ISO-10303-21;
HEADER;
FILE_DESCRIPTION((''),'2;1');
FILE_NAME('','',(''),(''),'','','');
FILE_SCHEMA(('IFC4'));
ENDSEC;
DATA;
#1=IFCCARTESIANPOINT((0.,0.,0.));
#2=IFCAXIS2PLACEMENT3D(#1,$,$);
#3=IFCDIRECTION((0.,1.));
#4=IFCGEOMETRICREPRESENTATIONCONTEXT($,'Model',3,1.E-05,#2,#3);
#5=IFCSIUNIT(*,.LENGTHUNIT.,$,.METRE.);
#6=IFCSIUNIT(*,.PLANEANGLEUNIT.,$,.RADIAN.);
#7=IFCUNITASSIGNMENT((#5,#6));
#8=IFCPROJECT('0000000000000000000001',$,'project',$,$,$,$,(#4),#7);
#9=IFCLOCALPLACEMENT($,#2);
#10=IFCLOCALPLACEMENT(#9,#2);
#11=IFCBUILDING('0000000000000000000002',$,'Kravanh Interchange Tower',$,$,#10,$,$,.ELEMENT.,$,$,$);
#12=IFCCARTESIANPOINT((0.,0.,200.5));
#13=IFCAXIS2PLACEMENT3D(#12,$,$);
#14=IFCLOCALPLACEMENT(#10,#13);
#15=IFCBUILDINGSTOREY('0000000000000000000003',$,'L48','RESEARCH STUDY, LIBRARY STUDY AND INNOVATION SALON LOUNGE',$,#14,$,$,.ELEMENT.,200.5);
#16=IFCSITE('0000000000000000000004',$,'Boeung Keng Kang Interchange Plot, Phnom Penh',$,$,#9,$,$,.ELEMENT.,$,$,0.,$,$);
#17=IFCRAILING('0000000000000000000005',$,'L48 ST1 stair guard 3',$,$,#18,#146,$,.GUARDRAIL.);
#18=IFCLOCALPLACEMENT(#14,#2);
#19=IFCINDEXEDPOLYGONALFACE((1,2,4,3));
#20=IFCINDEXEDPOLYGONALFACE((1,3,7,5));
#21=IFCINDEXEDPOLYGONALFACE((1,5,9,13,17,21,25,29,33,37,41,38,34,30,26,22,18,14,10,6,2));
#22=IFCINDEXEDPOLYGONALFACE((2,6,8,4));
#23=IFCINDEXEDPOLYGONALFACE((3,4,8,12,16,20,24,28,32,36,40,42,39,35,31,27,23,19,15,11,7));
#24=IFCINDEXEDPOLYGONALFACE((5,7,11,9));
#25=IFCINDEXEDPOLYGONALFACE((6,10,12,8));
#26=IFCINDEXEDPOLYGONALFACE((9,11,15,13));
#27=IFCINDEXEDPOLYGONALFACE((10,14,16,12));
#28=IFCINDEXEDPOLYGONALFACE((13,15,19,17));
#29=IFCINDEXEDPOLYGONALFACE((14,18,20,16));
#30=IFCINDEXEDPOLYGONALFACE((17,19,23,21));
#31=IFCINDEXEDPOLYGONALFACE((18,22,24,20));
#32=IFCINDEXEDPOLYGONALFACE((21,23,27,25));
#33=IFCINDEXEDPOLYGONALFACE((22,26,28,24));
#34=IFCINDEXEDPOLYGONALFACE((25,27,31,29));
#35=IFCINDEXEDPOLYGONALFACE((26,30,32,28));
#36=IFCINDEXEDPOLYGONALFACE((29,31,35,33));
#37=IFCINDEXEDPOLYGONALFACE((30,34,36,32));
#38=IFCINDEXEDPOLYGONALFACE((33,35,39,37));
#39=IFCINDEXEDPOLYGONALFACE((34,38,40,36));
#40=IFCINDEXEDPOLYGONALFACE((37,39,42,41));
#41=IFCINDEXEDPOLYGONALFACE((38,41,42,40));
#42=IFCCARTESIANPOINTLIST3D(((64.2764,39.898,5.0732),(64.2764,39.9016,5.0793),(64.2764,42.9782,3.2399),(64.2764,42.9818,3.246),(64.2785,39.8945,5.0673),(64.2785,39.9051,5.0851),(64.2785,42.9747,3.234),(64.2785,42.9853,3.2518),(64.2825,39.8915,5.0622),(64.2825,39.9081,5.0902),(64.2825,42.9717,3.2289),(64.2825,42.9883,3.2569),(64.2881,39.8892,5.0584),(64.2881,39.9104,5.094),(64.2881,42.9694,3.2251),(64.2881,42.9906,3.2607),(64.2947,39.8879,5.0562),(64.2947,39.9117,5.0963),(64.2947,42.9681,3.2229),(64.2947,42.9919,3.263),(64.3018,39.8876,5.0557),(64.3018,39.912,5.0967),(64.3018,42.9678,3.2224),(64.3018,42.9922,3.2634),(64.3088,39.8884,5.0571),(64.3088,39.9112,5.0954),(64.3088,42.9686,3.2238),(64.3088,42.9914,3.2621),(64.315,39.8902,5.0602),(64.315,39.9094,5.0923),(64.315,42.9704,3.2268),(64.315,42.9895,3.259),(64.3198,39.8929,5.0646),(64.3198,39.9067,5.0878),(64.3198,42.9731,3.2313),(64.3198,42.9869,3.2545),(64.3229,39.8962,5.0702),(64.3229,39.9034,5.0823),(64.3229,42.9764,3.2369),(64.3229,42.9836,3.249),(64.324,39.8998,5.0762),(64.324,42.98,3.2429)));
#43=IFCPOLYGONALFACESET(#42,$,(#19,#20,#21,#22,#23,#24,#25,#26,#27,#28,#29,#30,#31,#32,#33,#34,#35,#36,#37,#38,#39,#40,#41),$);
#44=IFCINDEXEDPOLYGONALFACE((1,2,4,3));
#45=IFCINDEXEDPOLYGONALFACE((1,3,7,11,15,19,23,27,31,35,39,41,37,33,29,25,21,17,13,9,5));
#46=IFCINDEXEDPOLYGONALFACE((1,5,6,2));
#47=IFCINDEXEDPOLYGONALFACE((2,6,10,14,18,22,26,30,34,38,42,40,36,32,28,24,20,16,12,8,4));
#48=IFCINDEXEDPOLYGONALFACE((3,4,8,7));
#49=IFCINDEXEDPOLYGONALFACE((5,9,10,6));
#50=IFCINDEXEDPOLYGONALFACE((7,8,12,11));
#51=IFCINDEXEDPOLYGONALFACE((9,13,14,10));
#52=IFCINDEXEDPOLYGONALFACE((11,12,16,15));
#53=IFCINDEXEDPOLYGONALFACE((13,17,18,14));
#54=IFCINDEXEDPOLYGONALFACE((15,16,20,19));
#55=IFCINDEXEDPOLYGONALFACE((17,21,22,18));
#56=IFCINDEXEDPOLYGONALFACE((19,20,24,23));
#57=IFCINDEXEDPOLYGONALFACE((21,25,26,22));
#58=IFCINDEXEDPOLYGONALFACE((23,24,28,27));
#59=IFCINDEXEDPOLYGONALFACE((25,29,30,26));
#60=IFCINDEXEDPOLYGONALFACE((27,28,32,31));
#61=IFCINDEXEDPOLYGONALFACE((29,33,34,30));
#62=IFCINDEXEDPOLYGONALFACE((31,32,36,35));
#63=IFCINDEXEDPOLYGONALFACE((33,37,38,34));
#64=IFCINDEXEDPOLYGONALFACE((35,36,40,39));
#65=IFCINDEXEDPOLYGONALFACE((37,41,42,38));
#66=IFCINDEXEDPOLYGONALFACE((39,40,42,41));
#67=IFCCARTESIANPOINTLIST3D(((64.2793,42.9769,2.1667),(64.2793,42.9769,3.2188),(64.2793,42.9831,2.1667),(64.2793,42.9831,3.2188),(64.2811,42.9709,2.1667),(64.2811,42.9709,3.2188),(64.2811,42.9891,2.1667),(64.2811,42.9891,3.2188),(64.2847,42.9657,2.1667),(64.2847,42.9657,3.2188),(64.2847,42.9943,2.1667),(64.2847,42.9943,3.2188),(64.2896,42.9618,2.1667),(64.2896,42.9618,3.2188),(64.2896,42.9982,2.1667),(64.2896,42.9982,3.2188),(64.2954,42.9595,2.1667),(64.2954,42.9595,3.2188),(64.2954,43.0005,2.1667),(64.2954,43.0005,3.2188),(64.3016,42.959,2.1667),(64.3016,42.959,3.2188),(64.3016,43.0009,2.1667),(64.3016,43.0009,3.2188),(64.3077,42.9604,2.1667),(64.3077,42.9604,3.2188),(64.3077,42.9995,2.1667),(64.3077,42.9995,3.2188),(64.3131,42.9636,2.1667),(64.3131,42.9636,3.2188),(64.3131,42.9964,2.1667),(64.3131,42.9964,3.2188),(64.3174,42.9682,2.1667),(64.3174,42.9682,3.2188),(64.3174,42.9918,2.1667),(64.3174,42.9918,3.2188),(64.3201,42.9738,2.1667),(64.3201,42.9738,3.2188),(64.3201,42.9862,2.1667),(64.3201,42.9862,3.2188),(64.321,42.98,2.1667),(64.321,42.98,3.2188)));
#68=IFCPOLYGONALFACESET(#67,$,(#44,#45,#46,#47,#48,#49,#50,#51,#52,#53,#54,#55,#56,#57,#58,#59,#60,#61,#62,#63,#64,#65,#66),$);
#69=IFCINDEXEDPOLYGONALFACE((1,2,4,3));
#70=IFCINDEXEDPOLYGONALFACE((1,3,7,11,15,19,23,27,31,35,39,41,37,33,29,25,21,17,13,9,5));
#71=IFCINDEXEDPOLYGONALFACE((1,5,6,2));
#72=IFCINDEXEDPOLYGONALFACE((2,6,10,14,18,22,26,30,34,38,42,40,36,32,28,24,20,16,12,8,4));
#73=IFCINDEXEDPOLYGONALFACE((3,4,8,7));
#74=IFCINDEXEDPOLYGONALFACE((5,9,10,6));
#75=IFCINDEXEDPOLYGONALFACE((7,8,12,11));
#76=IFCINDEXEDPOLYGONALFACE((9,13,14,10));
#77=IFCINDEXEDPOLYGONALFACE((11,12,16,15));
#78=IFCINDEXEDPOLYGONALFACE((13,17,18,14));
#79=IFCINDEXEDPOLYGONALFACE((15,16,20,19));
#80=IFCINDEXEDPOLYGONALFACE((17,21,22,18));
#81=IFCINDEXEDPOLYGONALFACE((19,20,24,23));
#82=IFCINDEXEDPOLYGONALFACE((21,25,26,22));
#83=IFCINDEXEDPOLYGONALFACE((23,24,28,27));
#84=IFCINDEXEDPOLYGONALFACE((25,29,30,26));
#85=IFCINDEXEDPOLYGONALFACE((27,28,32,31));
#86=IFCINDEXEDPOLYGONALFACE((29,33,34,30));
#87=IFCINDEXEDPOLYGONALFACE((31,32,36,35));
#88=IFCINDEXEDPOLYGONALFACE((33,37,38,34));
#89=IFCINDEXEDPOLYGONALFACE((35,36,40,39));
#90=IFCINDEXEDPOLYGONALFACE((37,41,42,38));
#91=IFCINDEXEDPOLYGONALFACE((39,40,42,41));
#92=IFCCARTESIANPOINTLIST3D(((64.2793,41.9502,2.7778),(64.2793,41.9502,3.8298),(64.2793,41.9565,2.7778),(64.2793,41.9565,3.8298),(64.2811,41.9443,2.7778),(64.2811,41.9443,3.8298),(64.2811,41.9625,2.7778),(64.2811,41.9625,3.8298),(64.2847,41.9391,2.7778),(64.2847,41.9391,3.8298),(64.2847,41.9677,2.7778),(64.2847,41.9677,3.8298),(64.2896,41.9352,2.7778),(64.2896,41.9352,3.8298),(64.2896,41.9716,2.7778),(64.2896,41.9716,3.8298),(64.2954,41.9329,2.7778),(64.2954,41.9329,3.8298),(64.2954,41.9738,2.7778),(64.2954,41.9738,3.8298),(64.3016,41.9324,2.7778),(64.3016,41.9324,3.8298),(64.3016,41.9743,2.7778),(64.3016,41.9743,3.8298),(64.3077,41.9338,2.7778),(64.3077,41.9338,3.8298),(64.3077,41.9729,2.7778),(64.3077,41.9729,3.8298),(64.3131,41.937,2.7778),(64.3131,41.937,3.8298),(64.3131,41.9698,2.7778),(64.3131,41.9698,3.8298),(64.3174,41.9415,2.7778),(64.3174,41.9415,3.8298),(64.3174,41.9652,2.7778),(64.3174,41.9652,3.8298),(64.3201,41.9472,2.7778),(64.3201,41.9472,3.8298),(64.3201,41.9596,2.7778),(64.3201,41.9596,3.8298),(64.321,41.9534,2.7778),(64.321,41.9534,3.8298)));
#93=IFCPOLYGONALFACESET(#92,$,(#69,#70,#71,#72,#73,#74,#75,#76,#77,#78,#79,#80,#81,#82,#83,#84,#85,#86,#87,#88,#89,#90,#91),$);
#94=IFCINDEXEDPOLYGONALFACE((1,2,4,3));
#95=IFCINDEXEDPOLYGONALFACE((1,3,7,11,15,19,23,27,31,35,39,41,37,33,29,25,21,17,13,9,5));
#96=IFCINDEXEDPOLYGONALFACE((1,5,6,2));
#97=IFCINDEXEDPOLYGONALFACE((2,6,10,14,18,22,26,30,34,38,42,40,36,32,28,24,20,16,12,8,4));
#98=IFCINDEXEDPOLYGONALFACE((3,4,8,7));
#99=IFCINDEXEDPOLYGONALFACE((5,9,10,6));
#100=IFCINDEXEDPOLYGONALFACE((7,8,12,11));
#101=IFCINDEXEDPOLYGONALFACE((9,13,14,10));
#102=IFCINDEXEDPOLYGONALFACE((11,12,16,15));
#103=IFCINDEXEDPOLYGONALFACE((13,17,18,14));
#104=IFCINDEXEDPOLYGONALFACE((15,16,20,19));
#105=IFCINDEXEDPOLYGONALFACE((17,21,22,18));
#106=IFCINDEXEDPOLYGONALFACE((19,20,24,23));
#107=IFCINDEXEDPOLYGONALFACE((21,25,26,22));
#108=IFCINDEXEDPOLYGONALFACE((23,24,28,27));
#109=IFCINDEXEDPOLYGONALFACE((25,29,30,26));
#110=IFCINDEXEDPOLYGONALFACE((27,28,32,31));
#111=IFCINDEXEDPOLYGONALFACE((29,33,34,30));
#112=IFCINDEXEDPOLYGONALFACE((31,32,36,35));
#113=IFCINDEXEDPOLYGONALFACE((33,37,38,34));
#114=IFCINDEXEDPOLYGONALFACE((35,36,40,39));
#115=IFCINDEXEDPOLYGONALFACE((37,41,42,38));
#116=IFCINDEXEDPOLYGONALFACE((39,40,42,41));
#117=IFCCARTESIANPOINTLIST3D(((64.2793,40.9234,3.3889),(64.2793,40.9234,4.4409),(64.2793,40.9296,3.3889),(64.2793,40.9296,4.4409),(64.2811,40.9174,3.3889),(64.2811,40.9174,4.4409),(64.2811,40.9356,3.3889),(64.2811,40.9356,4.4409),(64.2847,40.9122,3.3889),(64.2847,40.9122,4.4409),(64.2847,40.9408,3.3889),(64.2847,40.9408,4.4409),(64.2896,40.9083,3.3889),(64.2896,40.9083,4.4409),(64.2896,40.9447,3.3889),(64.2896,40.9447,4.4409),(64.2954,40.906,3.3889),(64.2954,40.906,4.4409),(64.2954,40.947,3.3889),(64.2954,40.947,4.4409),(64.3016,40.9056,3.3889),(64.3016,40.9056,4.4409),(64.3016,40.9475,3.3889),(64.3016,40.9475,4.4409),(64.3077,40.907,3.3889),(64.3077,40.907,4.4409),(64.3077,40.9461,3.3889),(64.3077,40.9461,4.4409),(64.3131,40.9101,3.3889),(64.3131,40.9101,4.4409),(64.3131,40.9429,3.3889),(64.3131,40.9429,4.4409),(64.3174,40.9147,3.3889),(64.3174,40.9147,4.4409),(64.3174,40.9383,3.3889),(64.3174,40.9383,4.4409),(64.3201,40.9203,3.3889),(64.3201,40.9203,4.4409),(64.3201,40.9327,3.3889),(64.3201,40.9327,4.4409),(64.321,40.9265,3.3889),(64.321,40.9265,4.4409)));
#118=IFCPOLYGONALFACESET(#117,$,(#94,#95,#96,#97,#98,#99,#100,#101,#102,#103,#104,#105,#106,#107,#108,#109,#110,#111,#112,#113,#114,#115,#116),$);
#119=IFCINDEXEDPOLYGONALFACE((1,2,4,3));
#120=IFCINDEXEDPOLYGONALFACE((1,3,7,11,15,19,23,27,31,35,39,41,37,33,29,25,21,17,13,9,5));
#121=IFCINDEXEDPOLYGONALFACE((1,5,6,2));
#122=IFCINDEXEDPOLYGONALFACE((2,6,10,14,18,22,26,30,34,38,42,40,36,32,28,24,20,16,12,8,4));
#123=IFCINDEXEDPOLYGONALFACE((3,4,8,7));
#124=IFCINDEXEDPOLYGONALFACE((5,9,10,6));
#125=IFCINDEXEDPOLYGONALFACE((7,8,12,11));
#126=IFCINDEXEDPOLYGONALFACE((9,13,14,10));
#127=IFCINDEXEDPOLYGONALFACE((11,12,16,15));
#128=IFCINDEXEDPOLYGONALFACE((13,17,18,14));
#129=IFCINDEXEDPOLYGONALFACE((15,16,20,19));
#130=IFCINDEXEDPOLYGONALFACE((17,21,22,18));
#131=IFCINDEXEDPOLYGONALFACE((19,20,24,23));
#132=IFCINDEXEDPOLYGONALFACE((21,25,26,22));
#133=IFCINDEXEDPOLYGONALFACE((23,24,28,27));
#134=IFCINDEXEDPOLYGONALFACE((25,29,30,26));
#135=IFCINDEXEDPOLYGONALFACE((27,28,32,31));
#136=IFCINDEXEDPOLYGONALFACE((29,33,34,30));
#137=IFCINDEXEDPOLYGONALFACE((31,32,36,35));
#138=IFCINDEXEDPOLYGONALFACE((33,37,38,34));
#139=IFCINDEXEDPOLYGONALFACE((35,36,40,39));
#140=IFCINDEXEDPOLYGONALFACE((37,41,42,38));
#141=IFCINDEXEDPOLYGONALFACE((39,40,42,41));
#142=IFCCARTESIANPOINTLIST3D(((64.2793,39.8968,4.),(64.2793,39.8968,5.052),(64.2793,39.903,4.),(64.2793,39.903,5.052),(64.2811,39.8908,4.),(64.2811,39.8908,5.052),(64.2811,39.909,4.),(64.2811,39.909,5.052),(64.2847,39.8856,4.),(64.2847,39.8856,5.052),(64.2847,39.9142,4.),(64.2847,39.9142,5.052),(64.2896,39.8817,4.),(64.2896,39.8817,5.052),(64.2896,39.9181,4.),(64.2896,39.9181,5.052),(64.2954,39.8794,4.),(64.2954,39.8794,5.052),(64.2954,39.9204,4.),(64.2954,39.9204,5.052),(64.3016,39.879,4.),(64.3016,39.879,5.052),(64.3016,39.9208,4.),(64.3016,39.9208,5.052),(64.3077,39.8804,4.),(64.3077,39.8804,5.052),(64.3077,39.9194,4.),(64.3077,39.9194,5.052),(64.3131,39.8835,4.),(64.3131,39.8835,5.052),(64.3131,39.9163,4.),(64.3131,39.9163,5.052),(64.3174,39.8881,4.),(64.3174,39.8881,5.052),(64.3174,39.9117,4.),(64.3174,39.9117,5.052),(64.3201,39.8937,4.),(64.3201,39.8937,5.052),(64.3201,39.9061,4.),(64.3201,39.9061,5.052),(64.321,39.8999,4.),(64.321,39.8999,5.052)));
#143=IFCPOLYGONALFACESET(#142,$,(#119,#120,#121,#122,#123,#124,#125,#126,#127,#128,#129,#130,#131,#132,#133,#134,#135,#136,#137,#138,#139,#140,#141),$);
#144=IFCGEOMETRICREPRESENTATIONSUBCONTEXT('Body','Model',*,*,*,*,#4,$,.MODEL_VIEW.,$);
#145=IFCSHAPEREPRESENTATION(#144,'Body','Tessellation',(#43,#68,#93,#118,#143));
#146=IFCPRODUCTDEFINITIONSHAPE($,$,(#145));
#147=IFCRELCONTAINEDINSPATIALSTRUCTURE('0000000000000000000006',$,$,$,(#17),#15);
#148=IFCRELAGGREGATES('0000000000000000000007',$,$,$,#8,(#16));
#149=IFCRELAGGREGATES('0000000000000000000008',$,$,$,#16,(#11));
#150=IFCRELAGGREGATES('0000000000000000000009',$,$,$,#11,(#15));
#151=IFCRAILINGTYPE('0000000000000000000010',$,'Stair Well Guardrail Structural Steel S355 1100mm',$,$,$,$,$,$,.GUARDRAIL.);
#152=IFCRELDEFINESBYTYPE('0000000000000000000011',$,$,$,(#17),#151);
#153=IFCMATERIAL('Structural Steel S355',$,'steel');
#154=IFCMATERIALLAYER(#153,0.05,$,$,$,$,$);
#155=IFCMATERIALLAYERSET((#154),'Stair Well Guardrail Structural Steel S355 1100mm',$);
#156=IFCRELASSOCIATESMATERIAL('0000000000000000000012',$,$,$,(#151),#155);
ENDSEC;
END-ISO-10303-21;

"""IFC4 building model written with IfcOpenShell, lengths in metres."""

from ifc_helpers import new_model, si_unit, direction, frame, origin, origin_2d, place, context, subcontext, project, spatial, circle, extrude, material, layer, layer_set, type_object, element, save


model = new_model("IFC4")

# Units and contexts
model_context = context("Model", 3, precision=1e-05, world=origin(), true_north=direction((0.0, 1.0)))
body_context = subcontext(model_context, "Body", "Model", "MODEL_VIEW")
ifc_project = project(units=[si_unit("LENGTHUNIT", "METRE"), si_unit("PLANEANGLEUNIT", "RADIAN")], contexts=[model_context])

# Site, building, storey
site_placement = place(None, origin())
site = spatial("IfcSite", under=ifc_project, at=site_placement, Name="Boeung Keng Kang Interchange Plot, Phnom Penh", CompositionType="ELEMENT", RefElevation=0.0)
building_placement = place(site_placement, origin())
building = spatial("IfcBuilding", under=site, at=building_placement, Name="Kravanh Interchange Tower", CompositionType="ELEMENT")
storey_placement = place(building_placement, frame((0.0, 0.0, 200.5)))
storey = spatial("IfcBuildingStorey", under=building, at=storey_placement, Name="L48", Description="RESEARCH STUDY, LIBRARY STUDY AND INNOVATION SALON LOUNGE", CompositionType="ELEMENT", Elevation=200.5)

# Railing
ifc_material_1 = material(Name="Structural Steel S355", Category="steel")
ifc_layer_1 = layer(ifc_material_1, 0.05)
ifc_layer_set_1 = layer_set([ifc_layer_1], Name="Stair Well Guardrail Structural Steel S355 1100mm")
railing_type_1 = type_object("IfcRailingType", Name="Stair Well Guardrail Structural Steel S355 1100mm", PredefinedType="GUARDRAIL", material=ifc_layer_set_1)
railing_1_placement = place(storey_placement, frame((64.3, 42.98, 2.1667)))
element("IfcRailing", 1, at=railing_1_placement, inside=storey, type_object=railing_type_1, Name="L48 ST1 stair guard 3", PredefinedType="GUARDRAIL", context=body_context, shape_type="SweptSolid", body=[
    extrude(circle(Radius=0.0239, at=origin_2d()), frame((0.0, 0.0, 1.0762), z_axis=(0.0, -0.859309, 0.511458), x_axis=(1.0, 0.0, 0.0)), (0.0, 0.0, 1.0), 3.5845),
    extrude(circle(Radius=0.021, at=origin_2d()), origin(), (0.0, 0.0, 1.0), 1.052),
    extrude(circle(Radius=0.021, at=origin_2d()), frame((0.0, -1.0266, 0.6111)), (0.0, 0.0, 1.0), 1.052),
    extrude(circle(Radius=0.021, at=origin_2d()), frame((0.0, -2.0535, 1.2222)), (0.0, 0.0, 1.0), 1.052),
    extrude(circle(Radius=0.021, at=origin_2d()), frame((0.0, -3.0801, 1.8333)), (0.0, 0.0, 1.0), 1.052),
])

save(model, "model.ifc")
